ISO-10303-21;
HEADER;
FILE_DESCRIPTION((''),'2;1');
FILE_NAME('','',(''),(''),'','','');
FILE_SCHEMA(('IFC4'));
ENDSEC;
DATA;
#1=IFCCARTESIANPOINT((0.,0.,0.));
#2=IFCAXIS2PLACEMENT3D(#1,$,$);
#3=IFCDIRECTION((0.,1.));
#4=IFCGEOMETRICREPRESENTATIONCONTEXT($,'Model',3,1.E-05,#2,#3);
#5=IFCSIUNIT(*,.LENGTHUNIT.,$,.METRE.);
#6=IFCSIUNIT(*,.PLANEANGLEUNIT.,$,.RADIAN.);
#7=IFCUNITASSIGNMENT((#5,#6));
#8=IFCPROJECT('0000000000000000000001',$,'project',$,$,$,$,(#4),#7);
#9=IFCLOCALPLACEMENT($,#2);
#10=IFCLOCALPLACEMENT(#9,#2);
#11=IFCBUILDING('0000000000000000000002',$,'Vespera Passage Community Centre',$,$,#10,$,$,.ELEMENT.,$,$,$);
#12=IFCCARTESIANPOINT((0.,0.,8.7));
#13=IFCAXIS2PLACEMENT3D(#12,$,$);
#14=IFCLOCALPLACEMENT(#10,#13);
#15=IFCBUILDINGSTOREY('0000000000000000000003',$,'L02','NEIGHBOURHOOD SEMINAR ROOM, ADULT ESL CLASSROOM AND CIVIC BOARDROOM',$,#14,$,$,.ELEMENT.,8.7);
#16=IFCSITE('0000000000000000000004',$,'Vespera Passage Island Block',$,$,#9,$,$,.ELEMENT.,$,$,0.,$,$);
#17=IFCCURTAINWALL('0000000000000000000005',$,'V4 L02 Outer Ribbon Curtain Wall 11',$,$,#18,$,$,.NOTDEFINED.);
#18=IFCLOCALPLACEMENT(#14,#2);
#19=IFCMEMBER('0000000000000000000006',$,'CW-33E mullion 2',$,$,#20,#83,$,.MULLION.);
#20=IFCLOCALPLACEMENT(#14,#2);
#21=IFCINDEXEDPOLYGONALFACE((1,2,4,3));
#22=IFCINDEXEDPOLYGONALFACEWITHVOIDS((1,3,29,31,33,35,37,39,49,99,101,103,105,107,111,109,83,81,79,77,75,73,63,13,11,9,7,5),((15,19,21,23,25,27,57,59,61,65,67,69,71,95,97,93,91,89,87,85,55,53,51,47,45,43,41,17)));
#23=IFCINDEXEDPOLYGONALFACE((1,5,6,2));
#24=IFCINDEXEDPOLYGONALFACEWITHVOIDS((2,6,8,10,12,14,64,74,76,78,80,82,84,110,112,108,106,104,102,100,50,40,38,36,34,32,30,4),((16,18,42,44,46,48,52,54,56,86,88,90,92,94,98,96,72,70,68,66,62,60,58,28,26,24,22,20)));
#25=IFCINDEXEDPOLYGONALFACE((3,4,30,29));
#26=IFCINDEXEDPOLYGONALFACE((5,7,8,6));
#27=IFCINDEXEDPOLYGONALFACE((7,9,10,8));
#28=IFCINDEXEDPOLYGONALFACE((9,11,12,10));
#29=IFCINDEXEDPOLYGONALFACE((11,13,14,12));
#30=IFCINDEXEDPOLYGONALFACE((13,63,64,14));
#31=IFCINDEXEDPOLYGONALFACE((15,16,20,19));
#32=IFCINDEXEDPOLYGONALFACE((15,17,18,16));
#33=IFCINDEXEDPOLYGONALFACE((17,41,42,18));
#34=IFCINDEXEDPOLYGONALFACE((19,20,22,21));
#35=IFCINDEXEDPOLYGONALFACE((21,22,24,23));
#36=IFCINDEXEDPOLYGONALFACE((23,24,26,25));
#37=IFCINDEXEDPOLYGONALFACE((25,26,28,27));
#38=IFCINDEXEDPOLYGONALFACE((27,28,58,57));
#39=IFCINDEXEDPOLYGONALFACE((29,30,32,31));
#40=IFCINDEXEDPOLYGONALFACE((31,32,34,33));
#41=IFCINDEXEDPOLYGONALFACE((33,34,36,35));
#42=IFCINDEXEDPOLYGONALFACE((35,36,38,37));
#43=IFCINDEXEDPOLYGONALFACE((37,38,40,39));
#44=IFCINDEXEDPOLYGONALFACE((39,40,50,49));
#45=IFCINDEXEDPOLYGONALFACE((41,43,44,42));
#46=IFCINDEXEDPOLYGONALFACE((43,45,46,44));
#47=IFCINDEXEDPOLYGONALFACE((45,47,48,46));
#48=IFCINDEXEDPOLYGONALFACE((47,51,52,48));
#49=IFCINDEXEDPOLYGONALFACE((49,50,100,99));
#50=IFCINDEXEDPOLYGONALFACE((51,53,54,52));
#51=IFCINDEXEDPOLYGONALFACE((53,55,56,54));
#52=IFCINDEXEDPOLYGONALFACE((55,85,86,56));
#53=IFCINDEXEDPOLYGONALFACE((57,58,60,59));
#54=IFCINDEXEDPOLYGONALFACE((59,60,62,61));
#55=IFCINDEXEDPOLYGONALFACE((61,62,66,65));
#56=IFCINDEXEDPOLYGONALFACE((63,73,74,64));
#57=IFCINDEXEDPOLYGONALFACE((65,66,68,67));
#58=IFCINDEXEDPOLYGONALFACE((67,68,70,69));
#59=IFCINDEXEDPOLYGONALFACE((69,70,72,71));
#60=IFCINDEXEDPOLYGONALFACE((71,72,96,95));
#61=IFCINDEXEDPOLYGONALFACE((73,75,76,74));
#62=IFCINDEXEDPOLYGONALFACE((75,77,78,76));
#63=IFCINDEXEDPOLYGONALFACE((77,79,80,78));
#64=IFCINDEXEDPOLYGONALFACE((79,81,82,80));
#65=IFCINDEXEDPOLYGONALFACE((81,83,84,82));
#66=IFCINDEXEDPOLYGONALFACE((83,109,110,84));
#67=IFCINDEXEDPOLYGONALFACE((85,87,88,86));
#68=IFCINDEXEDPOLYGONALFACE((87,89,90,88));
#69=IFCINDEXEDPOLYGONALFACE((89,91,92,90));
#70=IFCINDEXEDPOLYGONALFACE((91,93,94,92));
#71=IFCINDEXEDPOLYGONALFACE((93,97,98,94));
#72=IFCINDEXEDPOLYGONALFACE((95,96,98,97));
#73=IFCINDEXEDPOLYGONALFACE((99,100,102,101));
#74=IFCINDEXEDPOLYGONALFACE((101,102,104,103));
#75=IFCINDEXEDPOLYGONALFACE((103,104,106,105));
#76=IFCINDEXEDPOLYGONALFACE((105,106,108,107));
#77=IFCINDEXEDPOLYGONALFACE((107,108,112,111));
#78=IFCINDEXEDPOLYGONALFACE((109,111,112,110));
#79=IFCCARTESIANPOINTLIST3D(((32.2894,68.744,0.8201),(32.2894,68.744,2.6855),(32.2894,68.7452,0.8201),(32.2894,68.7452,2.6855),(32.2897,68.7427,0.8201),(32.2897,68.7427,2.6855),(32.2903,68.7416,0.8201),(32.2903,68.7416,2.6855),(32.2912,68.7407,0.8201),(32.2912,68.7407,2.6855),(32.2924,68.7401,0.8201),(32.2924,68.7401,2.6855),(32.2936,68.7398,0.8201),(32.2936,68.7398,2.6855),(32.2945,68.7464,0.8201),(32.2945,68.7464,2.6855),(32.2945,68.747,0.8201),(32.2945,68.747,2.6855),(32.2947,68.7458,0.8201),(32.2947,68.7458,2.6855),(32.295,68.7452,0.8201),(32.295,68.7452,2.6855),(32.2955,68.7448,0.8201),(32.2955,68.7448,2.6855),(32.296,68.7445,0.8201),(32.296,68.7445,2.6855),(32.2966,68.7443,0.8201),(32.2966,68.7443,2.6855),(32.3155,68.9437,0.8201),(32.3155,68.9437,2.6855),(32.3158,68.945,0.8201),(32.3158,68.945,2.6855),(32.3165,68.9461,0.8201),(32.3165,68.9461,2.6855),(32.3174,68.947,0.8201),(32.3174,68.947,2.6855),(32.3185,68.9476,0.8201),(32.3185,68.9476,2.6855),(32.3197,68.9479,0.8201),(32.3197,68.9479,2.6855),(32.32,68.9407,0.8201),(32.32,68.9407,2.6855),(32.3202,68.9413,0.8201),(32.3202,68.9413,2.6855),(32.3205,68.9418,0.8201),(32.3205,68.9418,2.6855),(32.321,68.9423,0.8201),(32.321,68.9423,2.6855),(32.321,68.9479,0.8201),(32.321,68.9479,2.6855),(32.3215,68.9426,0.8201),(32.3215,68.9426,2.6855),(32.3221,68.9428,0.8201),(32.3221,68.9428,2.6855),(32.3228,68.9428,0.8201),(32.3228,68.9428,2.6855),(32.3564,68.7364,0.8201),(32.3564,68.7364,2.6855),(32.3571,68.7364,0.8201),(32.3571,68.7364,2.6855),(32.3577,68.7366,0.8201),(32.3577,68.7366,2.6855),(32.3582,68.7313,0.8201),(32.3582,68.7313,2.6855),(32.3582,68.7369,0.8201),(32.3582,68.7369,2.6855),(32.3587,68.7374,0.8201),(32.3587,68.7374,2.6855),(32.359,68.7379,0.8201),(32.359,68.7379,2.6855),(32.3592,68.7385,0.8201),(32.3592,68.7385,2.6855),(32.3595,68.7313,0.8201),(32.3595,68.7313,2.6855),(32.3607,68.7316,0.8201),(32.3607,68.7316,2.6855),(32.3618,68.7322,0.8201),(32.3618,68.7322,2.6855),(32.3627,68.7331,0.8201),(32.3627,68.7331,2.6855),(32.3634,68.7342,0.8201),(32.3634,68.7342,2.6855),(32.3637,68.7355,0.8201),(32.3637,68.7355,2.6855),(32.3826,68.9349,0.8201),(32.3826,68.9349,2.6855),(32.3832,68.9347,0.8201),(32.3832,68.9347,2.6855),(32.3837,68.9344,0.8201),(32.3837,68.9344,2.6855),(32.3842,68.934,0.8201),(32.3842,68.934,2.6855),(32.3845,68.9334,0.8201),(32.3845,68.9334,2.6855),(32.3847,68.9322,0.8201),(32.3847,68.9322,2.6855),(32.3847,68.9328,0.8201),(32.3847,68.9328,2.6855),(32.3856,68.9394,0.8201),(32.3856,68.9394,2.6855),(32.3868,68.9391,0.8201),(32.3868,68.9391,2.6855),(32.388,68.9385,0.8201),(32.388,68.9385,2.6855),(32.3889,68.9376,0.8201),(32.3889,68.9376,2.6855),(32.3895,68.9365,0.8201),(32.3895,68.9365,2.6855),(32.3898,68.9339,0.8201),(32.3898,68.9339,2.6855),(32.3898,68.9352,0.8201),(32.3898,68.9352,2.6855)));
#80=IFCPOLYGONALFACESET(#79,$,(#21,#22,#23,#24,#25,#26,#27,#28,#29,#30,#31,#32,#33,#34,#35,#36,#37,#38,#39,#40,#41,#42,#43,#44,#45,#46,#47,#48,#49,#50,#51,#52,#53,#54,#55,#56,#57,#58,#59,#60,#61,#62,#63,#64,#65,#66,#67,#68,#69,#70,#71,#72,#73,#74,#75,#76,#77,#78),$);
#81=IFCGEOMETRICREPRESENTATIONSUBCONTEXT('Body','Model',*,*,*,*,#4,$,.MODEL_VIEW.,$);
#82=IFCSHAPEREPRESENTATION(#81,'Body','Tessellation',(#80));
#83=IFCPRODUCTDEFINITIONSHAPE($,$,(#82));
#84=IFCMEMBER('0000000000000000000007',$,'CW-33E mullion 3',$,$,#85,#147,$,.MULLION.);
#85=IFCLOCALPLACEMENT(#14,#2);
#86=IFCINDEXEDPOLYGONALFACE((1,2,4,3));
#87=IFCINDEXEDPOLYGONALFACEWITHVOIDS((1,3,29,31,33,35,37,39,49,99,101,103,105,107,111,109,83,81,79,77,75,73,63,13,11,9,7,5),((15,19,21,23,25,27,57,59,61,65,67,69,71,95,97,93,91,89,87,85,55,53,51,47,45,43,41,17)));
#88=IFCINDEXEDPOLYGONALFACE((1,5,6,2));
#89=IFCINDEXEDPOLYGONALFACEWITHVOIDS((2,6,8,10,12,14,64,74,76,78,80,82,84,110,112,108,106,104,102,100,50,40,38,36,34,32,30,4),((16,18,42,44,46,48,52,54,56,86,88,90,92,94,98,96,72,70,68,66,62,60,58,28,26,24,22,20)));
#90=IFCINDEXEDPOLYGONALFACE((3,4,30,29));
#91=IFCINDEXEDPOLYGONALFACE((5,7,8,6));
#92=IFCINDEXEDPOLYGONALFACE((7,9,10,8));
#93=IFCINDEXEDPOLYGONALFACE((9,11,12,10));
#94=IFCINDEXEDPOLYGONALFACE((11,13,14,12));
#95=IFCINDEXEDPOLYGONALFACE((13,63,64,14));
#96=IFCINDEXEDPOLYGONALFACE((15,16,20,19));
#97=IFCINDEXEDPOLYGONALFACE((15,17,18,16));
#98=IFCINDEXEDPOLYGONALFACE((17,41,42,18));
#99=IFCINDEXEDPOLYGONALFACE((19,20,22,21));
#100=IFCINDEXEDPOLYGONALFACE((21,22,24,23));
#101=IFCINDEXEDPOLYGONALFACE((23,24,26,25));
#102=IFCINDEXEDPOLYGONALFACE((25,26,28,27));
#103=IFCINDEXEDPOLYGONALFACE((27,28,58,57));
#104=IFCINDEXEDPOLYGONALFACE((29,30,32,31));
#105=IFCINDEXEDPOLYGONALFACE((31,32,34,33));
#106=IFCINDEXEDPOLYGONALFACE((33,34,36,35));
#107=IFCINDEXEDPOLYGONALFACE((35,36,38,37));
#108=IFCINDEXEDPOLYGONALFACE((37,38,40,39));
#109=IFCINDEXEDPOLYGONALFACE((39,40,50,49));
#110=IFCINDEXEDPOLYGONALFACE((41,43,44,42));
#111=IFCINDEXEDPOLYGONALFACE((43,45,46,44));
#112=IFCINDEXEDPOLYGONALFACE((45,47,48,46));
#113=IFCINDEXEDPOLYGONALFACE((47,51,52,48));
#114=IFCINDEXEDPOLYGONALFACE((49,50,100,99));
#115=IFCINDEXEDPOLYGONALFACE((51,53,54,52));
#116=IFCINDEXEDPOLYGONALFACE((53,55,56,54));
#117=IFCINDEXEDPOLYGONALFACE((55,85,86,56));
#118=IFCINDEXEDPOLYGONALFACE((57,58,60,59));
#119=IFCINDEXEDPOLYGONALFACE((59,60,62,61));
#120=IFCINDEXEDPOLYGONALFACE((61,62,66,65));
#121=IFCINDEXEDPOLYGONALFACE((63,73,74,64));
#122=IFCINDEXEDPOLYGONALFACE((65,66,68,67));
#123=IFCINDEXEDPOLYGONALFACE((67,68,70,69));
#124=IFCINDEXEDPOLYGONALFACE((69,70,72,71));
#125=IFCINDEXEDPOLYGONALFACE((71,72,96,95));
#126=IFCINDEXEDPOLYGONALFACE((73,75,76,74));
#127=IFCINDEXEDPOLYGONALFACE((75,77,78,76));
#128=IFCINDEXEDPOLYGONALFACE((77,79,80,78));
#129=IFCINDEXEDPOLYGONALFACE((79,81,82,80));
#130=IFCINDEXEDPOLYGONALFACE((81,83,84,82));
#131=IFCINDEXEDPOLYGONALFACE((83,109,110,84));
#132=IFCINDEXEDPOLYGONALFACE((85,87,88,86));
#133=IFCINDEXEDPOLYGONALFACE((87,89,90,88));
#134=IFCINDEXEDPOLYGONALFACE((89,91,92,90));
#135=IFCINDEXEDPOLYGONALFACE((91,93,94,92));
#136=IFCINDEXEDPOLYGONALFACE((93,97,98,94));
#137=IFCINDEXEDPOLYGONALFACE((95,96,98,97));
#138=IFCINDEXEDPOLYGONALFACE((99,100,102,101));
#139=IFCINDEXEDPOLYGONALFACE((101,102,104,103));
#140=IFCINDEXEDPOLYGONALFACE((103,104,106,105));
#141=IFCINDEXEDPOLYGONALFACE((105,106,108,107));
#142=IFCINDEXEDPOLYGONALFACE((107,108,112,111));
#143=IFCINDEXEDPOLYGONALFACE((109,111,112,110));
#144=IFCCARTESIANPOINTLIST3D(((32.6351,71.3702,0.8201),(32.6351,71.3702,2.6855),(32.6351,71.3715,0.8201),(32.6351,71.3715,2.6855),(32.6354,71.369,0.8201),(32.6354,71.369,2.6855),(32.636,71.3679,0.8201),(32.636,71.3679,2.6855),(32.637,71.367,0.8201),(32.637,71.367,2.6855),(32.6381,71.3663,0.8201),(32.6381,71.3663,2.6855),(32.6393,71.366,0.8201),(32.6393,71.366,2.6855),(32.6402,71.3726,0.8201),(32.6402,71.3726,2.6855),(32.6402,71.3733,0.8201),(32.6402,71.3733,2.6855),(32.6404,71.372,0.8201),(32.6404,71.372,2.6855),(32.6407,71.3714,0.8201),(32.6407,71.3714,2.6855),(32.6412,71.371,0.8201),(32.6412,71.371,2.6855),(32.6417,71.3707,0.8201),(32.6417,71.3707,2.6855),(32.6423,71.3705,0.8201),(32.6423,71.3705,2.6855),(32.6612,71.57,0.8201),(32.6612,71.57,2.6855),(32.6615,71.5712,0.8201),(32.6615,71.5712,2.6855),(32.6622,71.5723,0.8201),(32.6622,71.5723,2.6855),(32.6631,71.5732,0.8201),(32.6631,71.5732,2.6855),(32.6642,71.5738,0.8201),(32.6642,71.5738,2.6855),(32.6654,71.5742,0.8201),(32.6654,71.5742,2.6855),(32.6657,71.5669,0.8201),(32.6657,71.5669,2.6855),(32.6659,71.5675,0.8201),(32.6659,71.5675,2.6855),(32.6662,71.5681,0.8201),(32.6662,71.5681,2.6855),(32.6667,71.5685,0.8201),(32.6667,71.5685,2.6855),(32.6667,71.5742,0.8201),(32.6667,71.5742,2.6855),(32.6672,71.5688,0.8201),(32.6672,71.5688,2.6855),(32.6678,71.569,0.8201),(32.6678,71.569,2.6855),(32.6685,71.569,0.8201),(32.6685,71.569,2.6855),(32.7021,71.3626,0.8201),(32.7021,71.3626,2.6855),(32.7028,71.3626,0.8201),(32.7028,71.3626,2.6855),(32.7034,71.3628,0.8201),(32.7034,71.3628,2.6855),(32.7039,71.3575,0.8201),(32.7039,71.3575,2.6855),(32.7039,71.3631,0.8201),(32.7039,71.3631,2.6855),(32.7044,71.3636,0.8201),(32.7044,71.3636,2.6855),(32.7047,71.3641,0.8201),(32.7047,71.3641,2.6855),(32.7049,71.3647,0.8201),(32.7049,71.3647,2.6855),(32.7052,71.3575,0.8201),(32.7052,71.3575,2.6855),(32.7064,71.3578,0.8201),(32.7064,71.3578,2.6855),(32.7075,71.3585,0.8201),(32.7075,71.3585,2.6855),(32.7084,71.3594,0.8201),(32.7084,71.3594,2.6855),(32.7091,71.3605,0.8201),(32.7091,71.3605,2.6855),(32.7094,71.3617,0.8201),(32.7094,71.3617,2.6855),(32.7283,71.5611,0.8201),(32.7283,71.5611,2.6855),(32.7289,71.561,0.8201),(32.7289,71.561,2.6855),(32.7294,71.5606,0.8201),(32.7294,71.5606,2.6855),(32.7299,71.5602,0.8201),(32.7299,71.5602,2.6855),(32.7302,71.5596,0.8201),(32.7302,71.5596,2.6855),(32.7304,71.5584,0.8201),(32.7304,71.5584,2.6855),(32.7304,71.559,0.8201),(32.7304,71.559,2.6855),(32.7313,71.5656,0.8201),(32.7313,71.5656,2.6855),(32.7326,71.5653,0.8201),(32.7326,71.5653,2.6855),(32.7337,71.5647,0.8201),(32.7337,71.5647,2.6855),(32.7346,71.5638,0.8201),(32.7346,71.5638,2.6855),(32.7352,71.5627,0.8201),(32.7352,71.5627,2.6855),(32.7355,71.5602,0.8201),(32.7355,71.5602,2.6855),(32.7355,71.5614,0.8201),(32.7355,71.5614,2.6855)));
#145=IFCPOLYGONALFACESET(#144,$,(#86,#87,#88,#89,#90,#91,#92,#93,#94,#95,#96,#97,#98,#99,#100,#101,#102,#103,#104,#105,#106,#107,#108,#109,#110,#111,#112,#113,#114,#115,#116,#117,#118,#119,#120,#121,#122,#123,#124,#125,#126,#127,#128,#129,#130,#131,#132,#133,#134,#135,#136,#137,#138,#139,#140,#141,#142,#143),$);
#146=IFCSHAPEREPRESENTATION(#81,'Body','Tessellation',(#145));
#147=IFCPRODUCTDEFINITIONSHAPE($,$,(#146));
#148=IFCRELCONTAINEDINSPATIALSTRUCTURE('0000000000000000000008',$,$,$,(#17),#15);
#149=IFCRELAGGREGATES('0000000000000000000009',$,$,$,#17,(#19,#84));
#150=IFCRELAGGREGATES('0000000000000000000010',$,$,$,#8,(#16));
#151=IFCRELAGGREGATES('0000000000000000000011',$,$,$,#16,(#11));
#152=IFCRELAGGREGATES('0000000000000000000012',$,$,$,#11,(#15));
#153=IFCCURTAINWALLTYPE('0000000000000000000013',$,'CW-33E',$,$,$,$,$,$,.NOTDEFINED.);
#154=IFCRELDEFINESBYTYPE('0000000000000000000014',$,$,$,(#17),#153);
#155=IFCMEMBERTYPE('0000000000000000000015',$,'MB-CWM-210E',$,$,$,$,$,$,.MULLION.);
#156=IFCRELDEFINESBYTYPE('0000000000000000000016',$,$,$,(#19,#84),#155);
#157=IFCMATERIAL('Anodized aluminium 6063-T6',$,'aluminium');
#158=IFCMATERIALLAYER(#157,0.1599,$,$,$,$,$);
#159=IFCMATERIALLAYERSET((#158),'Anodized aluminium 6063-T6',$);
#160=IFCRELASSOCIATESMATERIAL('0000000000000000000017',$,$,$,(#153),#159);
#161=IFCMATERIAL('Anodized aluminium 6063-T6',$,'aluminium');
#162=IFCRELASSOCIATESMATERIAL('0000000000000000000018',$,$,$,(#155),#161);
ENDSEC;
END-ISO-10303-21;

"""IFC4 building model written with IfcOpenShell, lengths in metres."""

from ifc_helpers import new_model, si_unit, direction, frame, origin, origin_2d, place, context, subcontext, project, spatial, hollow_rectangle, extrude, material, layer, layer_set, material_profile, profile_set, type_object, element, aggregate, save


model = new_model("IFC4")

# Units and contexts
model_context = context("Model", 3, precision=1e-05, world=origin(), true_north=direction((0.0, 1.0)))
body_context = subcontext(model_context, "Body", "Model", "MODEL_VIEW")
ifc_project = project(units=[si_unit("LENGTHUNIT", "METRE"), si_unit("PLANEANGLEUNIT", "RADIAN")], contexts=[model_context])

# Site, building, storey
site_placement = place(None, origin())
site = spatial("IfcSite", under=ifc_project, at=site_placement, Name="Vespera Passage Island Block", CompositionType="ELEMENT", RefElevation=0.0)
building_placement = place(site_placement, origin())
building = spatial("IfcBuilding", under=site, at=building_placement, Name="Vespera Passage Community Centre", CompositionType="ELEMENT")
storey_placement = place(building_placement, frame((0.0, 0.0, 8.7)))
storey = spatial("IfcBuildingStorey", under=building, at=storey_placement, Name="L02", Description="NEIGHBOURHOOD SEMINAR ROOM, ADULT ESL CLASSROOM AND CIVIC BOARDROOM", CompositionType="ELEMENT", Elevation=8.7)

# Curtain wall, members
ifc_material_1 = material(Name="Anodized aluminium 6063-T6", Category="aluminium")
ifc_layer_1 = layer(ifc_material_1, 0.1599)
ifc_layer_set_1 = layer_set([ifc_layer_1], Name="Anodized aluminium 6063-T6")
curtain_wall_type_1 = type_object("IfcCurtainWallType", Name="CW-33E", PredefinedType="NOTDEFINED", material=ifc_layer_set_1)
curtain_wall_1_placement = place(storey_placement, origin())
curtain_wall_1 = element("IfcCurtainWall", 1, at=curtain_wall_1_placement, inside=storey, type_object=curtain_wall_type_1, Name="V4 L02 Outer Ribbon Curtain Wall 11", PredefinedType="NOTDEFINED")
ifc_material_2 = material(Name="Anodized aluminium 6063-T6", Category="aluminium")
ifc_material_profile_1 = material_profile(ifc_material_2, hollow_rectangle(XDim=0.075, YDim=0.21, WallThickness=0.0049, InnerFilletRadius=0.0024, OuterFilletRadius=0.0049, at=origin_2d()), Name="ALU210X75X5")
ifc_profile_set_1 = profile_set([ifc_material_profile_1], Name="Anodized aluminium 6063-T6")
member_type_1 = type_object("IfcMemberType", Name="MB-CWM-210E", PredefinedType="MULLION", material=ifc_profile_set_1)
member_1_placement = place(storey_placement, frame((32.3396, 68.8396, 0.8201), z_axis=(0.0, 0.0, 1.0), x_axis=(-0.991445, 0.130523, 0.0)))
member_1 = element("IfcMember", 2, at=member_1_placement, type_object=member_type_1, Name="CW-33E mullion 2", PredefinedType="MULLION", context=body_context, shape_type="SweptSolid", body=[
    extrude(hollow_rectangle(XDim=0.075, YDim=0.21, WallThickness=0.0049, InnerFilletRadius=0.0024, OuterFilletRadius=0.0049, at=origin_2d()), origin(), (0.0, 0.0, 1.0), 1.8655),
])
member_2_placement = place(storey_placement, frame((32.6853, 71.4658, 0.8201), z_axis=(0.0, 0.0, 1.0), x_axis=(-0.991445, 0.130523, 0.0)))
member_2 = element("IfcMember", 3, at=member_2_placement, type_object=member_type_1, Name="CW-33E mullion 3", PredefinedType="MULLION", context=body_context, shape_type="SweptSolid", body=[
    extrude(hollow_rectangle(XDim=0.075, YDim=0.21, WallThickness=0.0049, InnerFilletRadius=0.0024, OuterFilletRadius=0.0049, at=origin_2d()), origin(), (0.0, 0.0, 1.0), 1.8655),
])

aggregate(curtain_wall_1, [member_1, member_2])

save(model, "model.ifc")
